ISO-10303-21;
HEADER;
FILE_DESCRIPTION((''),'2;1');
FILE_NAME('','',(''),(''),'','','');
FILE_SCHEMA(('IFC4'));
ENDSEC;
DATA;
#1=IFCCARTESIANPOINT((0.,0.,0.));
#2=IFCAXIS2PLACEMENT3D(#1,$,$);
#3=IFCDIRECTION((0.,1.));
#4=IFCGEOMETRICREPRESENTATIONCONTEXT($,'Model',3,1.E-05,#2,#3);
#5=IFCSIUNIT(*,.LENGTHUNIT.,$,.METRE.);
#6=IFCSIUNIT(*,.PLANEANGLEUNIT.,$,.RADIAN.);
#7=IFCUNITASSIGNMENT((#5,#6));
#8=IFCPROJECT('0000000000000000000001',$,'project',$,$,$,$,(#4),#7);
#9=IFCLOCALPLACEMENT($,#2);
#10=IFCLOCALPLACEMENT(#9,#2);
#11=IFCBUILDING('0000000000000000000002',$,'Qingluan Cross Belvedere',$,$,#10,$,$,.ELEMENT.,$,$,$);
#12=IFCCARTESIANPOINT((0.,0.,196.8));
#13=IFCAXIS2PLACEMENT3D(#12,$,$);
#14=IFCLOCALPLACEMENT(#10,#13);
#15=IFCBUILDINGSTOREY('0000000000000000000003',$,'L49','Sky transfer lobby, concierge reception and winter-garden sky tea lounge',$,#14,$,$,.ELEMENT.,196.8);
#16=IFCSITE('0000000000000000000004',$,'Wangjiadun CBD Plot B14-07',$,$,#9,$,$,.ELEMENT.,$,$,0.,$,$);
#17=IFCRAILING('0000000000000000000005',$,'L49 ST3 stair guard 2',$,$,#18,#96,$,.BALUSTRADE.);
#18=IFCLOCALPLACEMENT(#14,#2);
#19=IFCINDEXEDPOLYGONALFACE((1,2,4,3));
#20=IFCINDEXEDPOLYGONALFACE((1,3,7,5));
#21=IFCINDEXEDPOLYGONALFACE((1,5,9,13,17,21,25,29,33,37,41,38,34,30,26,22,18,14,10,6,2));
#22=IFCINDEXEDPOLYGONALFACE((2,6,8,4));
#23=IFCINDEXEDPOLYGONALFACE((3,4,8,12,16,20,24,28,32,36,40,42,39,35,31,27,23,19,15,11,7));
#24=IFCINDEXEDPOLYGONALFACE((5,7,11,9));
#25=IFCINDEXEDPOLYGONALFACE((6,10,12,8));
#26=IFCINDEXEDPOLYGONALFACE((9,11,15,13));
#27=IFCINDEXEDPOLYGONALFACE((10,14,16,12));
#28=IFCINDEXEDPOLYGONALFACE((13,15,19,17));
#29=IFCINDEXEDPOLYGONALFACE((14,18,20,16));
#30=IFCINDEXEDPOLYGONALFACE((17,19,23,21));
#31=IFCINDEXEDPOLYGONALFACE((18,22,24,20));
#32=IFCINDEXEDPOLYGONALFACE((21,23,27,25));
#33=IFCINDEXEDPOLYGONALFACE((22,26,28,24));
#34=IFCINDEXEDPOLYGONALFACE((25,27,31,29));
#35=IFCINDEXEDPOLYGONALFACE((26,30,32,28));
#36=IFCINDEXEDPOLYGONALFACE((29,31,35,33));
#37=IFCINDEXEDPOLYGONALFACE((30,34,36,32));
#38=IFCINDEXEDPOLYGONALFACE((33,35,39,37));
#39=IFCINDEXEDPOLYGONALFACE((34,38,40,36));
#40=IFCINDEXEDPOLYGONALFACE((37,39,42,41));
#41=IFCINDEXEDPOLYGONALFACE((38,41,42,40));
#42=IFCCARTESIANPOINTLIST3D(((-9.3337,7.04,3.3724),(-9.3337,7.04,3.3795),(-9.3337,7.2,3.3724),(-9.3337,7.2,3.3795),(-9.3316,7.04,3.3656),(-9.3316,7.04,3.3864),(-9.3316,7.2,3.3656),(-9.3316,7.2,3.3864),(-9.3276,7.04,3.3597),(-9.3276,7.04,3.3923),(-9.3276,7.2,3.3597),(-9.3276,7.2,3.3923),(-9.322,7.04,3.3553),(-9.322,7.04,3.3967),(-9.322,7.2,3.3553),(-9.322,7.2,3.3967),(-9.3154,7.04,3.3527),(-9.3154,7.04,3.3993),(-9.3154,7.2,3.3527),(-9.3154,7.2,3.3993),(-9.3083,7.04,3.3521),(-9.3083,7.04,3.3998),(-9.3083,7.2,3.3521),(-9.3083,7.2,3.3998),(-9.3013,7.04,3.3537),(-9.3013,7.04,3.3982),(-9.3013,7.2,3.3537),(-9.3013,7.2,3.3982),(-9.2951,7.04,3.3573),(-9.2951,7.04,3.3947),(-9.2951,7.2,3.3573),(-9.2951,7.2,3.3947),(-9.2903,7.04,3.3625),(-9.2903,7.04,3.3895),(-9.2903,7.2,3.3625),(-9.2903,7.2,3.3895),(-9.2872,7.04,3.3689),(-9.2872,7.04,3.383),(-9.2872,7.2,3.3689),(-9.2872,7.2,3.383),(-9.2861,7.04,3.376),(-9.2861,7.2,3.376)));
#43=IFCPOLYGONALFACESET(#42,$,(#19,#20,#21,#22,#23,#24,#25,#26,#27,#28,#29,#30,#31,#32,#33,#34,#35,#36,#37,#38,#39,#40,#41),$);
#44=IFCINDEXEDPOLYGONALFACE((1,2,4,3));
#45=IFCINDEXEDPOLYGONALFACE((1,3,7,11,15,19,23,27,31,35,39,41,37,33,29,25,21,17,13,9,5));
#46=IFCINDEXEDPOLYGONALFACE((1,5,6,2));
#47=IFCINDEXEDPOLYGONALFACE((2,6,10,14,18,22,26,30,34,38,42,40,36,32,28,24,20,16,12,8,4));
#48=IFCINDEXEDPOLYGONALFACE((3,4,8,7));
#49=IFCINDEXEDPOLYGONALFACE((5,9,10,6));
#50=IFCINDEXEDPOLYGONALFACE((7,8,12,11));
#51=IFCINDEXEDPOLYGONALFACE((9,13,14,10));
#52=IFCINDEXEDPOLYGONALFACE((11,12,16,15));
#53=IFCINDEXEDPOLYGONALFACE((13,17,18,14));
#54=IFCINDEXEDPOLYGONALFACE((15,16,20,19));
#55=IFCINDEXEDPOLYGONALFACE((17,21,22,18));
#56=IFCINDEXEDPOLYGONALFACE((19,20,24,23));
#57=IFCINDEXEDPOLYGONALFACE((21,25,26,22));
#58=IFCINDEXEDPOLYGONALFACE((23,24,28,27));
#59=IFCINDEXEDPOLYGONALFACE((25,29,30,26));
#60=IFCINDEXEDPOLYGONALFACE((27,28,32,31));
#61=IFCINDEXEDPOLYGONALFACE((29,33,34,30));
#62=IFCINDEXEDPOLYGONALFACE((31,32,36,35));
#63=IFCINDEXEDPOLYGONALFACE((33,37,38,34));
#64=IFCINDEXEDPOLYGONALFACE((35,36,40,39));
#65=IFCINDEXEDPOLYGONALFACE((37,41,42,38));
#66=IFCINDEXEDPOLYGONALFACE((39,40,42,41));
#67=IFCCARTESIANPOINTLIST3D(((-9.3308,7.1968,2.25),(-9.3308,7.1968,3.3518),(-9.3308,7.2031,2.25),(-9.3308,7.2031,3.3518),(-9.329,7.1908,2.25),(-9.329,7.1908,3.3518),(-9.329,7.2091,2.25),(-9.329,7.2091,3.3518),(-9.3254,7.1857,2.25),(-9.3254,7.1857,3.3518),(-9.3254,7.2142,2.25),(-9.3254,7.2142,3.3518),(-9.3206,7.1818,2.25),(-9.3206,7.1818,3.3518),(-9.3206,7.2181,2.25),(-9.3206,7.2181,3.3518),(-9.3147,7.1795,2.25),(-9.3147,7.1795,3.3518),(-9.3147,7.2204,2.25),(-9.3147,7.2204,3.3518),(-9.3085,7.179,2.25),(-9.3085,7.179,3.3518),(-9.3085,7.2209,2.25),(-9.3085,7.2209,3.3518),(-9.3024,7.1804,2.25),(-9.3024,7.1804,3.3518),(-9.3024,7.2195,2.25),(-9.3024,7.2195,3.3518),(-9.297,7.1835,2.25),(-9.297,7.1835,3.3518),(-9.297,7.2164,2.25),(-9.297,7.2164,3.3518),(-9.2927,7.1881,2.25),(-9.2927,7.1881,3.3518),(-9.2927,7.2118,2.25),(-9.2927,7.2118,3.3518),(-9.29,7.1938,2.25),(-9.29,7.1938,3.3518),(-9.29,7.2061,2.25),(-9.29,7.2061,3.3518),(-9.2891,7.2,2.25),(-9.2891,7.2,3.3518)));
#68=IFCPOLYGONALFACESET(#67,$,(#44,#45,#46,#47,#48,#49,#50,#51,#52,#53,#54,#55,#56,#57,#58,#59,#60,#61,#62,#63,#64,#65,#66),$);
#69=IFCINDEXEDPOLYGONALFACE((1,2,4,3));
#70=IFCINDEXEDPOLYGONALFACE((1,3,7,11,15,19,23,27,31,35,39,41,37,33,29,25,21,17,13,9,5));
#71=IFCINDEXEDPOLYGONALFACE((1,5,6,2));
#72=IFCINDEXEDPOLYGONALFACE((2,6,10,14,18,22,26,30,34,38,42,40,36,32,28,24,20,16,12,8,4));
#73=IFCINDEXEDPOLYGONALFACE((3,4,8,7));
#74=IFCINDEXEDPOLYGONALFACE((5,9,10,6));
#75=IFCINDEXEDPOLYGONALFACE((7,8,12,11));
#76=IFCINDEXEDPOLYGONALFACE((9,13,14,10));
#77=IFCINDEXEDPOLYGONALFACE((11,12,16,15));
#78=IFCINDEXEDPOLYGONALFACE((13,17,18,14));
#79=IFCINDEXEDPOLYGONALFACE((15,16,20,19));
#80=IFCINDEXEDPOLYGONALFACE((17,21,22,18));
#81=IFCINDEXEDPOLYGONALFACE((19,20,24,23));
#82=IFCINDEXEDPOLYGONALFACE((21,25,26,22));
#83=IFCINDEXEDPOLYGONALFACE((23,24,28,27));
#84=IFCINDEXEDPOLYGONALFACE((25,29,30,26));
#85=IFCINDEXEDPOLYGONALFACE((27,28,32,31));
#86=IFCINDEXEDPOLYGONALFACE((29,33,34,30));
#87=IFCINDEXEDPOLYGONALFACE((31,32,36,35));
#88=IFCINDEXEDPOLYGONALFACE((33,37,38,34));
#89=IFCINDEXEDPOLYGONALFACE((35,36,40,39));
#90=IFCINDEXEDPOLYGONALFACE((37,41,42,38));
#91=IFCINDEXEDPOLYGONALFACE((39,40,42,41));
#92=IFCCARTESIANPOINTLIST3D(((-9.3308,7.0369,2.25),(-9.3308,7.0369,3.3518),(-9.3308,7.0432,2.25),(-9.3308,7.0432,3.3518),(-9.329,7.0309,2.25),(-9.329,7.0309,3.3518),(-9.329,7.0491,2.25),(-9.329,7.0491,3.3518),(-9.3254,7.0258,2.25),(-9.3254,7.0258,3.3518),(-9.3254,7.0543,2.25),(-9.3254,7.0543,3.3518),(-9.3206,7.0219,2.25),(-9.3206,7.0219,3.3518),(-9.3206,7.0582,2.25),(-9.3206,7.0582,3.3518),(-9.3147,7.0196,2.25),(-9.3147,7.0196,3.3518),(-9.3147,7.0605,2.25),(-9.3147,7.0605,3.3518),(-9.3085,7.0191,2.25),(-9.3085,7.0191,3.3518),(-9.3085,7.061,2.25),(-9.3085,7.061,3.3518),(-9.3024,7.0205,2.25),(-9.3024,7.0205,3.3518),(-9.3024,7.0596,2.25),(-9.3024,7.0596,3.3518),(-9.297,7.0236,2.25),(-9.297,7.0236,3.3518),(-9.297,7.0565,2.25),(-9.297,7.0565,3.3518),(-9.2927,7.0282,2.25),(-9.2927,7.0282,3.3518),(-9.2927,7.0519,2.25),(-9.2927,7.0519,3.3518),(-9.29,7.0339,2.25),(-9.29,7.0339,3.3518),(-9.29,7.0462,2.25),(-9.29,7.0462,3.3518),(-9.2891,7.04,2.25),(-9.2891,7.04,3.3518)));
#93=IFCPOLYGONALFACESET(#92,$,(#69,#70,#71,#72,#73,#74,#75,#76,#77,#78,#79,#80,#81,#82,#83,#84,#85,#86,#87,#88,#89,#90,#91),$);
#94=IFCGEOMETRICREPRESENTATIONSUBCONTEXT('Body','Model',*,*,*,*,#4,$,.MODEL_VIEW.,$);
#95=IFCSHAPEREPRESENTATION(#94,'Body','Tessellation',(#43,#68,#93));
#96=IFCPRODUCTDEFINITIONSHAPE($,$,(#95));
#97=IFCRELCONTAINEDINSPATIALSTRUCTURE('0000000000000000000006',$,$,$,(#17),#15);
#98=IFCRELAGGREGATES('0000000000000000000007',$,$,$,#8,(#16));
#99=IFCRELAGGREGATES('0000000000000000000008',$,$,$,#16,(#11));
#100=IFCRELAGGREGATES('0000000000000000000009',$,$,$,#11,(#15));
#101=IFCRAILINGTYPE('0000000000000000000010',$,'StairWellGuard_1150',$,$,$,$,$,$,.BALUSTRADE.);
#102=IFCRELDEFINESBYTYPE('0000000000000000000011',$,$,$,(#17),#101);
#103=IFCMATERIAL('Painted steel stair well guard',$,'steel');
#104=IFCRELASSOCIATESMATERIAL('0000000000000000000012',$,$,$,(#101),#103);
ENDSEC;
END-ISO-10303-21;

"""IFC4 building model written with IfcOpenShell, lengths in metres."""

from ifc_helpers import new_model, si_unit, direction, frame, origin, origin_2d, place, context, subcontext, project, spatial, circle, extrude, material, type_object, element, save


model = new_model("IFC4")

# Units and contexts
model_context = context("Model", 3, precision=1e-05, world=origin(), true_north=direction((0.0, 1.0)))
body_context = subcontext(model_context, "Body", "Model", "MODEL_VIEW")
ifc_project = project(units=[si_unit("LENGTHUNIT", "METRE"), si_unit("PLANEANGLEUNIT", "RADIAN")], contexts=[model_context])

# Site, building, storey
site_placement = place(None, origin())
site = spatial("IfcSite", under=ifc_project, at=site_placement, Name="Wangjiadun CBD Plot B14-07", CompositionType="ELEMENT", RefElevation=0.0)
building_placement = place(site_placement, origin())
building = spatial("IfcBuilding", under=site, at=building_placement, Name="Qingluan Cross Belvedere", CompositionType="ELEMENT")
storey_placement = place(building_placement, frame((0.0, 0.0, 196.8)))
storey = spatial("IfcBuildingStorey", under=building, at=storey_placement, Name="L49", Description="Sky transfer lobby, concierge reception and winter-garden sky tea lounge", CompositionType="ELEMENT", Elevation=196.8)

# Railing
ifc_material_1 = material(Name="Painted steel stair well guard", Category="steel")
railing_type_1 = type_object("IfcRailingType", Name="StairWellGuard_1150", PredefinedType="BALUSTRADE", material=ifc_material_1)
railing_1_placement = place(storey_placement, frame((-9.3101, 7.2, 2.25)))
element("IfcRailing", 1, at=railing_1_placement, inside=storey, type_object=railing_type_1, Name="L49 ST3 stair guard 2", PredefinedType="BALUSTRADE", context=body_context, shape_type="SweptSolid", body=[
    extrude(circle(Radius=0.0239, at=origin_2d()), frame((0.0, 0.0, 1.126), z_axis=(0.0, -1.0, 0.0), x_axis=(1.0, 0.0, 0.0)), (0.0, 0.0, 1.0), 0.1599),
    extrude(circle(Radius=0.021, at=origin_2d()), origin(), (0.0, 0.0, 1.0), 1.1018),
    extrude(circle(Radius=0.021, at=origin_2d()), frame((0.0, -0.1599, 0.0)), (0.0, 0.0, 1.0), 1.1018),
])

save(model, "model.ifc")
